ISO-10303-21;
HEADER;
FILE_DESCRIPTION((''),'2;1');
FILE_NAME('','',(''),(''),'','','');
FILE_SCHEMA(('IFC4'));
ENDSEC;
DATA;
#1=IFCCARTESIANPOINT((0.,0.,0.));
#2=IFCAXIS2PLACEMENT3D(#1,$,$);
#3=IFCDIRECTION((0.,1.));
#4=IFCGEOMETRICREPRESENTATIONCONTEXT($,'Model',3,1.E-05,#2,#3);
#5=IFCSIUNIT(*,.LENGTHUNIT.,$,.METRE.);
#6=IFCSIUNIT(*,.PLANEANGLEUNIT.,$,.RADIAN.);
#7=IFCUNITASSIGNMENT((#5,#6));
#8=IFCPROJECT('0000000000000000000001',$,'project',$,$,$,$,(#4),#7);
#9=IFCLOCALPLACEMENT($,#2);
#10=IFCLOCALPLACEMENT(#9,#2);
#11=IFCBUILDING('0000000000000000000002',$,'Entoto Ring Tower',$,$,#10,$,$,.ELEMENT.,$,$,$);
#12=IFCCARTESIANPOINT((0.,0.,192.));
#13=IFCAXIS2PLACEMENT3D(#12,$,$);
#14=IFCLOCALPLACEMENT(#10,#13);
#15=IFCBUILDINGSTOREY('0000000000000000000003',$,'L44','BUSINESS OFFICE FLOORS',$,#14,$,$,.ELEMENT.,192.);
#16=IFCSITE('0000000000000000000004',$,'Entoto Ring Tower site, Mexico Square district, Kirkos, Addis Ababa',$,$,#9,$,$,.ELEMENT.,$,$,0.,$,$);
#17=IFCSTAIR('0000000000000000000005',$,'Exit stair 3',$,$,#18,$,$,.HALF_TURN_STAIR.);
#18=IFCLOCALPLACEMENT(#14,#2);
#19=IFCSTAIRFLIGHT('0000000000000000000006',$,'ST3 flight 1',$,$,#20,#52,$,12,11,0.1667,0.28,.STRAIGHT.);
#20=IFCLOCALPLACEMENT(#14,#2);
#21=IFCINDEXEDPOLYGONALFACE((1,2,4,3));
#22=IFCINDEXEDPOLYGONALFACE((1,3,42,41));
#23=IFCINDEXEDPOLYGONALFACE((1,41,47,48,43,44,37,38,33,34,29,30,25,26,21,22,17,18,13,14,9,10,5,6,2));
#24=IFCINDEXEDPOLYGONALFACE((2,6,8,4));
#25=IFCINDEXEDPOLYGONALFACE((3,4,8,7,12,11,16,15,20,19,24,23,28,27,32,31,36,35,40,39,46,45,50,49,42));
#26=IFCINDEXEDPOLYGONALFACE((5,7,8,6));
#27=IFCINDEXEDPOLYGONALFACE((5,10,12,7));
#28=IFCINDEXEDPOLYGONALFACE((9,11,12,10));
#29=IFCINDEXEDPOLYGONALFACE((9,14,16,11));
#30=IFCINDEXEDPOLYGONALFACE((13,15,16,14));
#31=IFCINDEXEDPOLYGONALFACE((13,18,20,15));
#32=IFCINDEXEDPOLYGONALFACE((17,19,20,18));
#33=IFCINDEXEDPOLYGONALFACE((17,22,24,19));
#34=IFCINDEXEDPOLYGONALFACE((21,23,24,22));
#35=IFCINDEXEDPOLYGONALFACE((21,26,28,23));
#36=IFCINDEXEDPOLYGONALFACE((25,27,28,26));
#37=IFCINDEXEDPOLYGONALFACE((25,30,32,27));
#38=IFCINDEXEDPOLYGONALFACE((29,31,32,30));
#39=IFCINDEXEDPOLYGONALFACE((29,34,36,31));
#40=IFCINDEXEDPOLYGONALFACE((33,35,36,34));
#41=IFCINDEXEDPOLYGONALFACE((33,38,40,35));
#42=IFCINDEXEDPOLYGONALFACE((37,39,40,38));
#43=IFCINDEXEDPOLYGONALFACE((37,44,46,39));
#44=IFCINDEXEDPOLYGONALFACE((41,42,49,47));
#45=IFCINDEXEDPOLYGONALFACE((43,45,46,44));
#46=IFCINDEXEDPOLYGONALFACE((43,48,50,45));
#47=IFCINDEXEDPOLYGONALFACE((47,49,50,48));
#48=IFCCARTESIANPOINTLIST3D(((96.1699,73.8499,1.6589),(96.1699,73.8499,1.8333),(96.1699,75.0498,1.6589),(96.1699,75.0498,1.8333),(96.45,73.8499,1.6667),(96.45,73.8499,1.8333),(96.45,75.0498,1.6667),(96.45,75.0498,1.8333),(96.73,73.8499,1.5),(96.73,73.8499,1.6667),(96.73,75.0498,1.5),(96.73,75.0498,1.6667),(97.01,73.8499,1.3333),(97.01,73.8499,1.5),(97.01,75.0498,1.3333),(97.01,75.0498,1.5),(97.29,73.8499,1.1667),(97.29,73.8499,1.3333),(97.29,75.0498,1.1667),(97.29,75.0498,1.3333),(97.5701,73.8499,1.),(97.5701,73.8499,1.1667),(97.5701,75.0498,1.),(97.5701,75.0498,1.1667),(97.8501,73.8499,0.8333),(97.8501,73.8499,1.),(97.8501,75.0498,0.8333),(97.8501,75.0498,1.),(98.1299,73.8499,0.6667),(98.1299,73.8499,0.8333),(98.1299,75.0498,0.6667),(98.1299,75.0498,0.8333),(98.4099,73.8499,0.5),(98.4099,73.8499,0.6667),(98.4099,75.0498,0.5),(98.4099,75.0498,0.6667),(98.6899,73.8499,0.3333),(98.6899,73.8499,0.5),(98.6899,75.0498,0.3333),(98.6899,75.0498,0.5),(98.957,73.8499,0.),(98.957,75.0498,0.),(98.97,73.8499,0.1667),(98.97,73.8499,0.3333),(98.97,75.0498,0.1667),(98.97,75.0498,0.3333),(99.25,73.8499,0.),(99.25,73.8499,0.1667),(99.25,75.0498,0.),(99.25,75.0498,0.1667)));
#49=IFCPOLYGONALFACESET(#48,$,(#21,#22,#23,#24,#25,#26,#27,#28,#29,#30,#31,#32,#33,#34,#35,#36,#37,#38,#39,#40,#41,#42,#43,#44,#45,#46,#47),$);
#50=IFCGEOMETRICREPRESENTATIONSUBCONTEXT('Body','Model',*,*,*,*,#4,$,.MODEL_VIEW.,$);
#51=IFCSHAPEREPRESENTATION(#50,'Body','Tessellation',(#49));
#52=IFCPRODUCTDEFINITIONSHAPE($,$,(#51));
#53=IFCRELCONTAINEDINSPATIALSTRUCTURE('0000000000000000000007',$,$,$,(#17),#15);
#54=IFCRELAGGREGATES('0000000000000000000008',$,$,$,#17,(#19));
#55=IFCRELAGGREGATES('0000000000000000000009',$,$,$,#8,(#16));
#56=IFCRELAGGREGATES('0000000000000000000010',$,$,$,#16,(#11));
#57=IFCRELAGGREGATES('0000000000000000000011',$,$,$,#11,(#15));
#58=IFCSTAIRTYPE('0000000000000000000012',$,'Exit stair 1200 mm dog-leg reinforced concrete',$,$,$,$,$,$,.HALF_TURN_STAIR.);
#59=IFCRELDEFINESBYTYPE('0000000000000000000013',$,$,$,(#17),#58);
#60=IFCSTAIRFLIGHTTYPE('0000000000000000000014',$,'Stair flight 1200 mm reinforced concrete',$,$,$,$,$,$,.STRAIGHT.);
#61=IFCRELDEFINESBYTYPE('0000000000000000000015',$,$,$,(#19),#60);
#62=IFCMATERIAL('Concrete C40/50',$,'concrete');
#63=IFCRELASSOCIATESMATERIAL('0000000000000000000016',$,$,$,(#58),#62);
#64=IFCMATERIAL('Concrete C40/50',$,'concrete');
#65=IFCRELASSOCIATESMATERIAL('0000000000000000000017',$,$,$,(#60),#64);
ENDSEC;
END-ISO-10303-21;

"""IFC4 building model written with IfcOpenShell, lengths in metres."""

from ifc_helpers import new_model, si_unit, direction, frame, origin, place, context, subcontext, project, spatial, polyline, outline, extrude, material, type_object, element, aggregate, save


model = new_model("IFC4")

# Units and contexts
model_context = context("Model", 3, precision=1e-05, world=origin(), true_north=direction((0.0, 1.0)))
body_context = subcontext(model_context, "Body", "Model", "MODEL_VIEW")
ifc_project = project(units=[si_unit("LENGTHUNIT", "METRE"), si_unit("PLANEANGLEUNIT", "RADIAN")], contexts=[model_context])

# Site, building, storey
site_placement = place(None, origin())
site = spatial("IfcSite", under=ifc_project, at=site_placement, Name="Entoto Ring Tower site, Mexico Square district, Kirkos, Addis Ababa", CompositionType="ELEMENT", RefElevation=0.0)
building_placement = place(site_placement, origin())
building = spatial("IfcBuilding", under=site, at=building_placement, Name="Entoto Ring Tower", CompositionType="ELEMENT")
storey_placement = place(building_placement, frame((0.0, 0.0, 192.0)))
storey = spatial("IfcBuildingStorey", under=building, at=storey_placement, Name="L44", Description="BUSINESS OFFICE FLOORS", CompositionType="ELEMENT", Elevation=192.0)

# Stair, stair flight
ifc_material_1 = material(Name="Concrete C40/50", Category="concrete")
stair_type = type_object("IfcStairType", Name="Exit stair 1200 mm dog-leg reinforced concrete", PredefinedType="HALF_TURN_STAIR", material=ifc_material_1)
stair_placement = place(storey_placement, origin())
stair = element("IfcStair", 1, at=stair_placement, inside=storey, type_object=stair_type, Name="Exit stair 3", PredefinedType="HALF_TURN_STAIR")
ifc_material_2 = material(Name="Concrete C40/50", Category="concrete")
stair_flight_type = type_object("IfcStairFlightType", Name="Stair flight 1200 mm reinforced concrete", PredefinedType="STRAIGHT", material=ifc_material_2)
stair_flight_placement = place(storey_placement, frame((99.25, 74.45, 0.0), z_axis=(0.0, 0.0, 1.0), x_axis=(-1.0, 0.0, 0.0)))
stair_flight = element("IfcStairFlight", 2, at=stair_flight_placement, type_object=stair_flight_type, Name="ST3 flight 1", NumberOfRisers=12, NumberOfTreads=11, PredefinedType="STRAIGHT", RiserHeight=0.1667, TreadLength=0.28, context=body_context, shape_type="SweptSolid", body=[
    extrude(outline(polyline([(0.0, 0.0), (0.0, 0.1667), (0.28, 0.1667), (0.28, 0.3333), (0.5601, 0.3333), (0.5601, 0.5), (0.8401, 0.5), (0.8401, 0.6667), (1.1201, 0.6667), (1.1201, 0.8333), (1.3999, 0.8333), (1.3999, 1.0), (1.6799, 1.0), (1.6799, 1.1667), (1.96, 1.1667), (1.96, 1.3333), (2.24, 1.3333), (2.24, 1.5), (2.52, 1.5), (2.52, 1.6667), (2.8, 1.6667), (2.8, 1.8333), (3.0801, 1.8333), (3.0801, 2.0), (3.0801, 1.6589), (0.293, 0.0), (0.0, 0.0)])), frame((0.0, 0.6001, 0.0), z_axis=(0.0, -1.0, 0.0), x_axis=(1.0, 0.0, 0.0)), (0.0, 0.0, 1.0), 1.2),
])
aggregate(stair, [stair_flight])

save(model, "model.ifc")
